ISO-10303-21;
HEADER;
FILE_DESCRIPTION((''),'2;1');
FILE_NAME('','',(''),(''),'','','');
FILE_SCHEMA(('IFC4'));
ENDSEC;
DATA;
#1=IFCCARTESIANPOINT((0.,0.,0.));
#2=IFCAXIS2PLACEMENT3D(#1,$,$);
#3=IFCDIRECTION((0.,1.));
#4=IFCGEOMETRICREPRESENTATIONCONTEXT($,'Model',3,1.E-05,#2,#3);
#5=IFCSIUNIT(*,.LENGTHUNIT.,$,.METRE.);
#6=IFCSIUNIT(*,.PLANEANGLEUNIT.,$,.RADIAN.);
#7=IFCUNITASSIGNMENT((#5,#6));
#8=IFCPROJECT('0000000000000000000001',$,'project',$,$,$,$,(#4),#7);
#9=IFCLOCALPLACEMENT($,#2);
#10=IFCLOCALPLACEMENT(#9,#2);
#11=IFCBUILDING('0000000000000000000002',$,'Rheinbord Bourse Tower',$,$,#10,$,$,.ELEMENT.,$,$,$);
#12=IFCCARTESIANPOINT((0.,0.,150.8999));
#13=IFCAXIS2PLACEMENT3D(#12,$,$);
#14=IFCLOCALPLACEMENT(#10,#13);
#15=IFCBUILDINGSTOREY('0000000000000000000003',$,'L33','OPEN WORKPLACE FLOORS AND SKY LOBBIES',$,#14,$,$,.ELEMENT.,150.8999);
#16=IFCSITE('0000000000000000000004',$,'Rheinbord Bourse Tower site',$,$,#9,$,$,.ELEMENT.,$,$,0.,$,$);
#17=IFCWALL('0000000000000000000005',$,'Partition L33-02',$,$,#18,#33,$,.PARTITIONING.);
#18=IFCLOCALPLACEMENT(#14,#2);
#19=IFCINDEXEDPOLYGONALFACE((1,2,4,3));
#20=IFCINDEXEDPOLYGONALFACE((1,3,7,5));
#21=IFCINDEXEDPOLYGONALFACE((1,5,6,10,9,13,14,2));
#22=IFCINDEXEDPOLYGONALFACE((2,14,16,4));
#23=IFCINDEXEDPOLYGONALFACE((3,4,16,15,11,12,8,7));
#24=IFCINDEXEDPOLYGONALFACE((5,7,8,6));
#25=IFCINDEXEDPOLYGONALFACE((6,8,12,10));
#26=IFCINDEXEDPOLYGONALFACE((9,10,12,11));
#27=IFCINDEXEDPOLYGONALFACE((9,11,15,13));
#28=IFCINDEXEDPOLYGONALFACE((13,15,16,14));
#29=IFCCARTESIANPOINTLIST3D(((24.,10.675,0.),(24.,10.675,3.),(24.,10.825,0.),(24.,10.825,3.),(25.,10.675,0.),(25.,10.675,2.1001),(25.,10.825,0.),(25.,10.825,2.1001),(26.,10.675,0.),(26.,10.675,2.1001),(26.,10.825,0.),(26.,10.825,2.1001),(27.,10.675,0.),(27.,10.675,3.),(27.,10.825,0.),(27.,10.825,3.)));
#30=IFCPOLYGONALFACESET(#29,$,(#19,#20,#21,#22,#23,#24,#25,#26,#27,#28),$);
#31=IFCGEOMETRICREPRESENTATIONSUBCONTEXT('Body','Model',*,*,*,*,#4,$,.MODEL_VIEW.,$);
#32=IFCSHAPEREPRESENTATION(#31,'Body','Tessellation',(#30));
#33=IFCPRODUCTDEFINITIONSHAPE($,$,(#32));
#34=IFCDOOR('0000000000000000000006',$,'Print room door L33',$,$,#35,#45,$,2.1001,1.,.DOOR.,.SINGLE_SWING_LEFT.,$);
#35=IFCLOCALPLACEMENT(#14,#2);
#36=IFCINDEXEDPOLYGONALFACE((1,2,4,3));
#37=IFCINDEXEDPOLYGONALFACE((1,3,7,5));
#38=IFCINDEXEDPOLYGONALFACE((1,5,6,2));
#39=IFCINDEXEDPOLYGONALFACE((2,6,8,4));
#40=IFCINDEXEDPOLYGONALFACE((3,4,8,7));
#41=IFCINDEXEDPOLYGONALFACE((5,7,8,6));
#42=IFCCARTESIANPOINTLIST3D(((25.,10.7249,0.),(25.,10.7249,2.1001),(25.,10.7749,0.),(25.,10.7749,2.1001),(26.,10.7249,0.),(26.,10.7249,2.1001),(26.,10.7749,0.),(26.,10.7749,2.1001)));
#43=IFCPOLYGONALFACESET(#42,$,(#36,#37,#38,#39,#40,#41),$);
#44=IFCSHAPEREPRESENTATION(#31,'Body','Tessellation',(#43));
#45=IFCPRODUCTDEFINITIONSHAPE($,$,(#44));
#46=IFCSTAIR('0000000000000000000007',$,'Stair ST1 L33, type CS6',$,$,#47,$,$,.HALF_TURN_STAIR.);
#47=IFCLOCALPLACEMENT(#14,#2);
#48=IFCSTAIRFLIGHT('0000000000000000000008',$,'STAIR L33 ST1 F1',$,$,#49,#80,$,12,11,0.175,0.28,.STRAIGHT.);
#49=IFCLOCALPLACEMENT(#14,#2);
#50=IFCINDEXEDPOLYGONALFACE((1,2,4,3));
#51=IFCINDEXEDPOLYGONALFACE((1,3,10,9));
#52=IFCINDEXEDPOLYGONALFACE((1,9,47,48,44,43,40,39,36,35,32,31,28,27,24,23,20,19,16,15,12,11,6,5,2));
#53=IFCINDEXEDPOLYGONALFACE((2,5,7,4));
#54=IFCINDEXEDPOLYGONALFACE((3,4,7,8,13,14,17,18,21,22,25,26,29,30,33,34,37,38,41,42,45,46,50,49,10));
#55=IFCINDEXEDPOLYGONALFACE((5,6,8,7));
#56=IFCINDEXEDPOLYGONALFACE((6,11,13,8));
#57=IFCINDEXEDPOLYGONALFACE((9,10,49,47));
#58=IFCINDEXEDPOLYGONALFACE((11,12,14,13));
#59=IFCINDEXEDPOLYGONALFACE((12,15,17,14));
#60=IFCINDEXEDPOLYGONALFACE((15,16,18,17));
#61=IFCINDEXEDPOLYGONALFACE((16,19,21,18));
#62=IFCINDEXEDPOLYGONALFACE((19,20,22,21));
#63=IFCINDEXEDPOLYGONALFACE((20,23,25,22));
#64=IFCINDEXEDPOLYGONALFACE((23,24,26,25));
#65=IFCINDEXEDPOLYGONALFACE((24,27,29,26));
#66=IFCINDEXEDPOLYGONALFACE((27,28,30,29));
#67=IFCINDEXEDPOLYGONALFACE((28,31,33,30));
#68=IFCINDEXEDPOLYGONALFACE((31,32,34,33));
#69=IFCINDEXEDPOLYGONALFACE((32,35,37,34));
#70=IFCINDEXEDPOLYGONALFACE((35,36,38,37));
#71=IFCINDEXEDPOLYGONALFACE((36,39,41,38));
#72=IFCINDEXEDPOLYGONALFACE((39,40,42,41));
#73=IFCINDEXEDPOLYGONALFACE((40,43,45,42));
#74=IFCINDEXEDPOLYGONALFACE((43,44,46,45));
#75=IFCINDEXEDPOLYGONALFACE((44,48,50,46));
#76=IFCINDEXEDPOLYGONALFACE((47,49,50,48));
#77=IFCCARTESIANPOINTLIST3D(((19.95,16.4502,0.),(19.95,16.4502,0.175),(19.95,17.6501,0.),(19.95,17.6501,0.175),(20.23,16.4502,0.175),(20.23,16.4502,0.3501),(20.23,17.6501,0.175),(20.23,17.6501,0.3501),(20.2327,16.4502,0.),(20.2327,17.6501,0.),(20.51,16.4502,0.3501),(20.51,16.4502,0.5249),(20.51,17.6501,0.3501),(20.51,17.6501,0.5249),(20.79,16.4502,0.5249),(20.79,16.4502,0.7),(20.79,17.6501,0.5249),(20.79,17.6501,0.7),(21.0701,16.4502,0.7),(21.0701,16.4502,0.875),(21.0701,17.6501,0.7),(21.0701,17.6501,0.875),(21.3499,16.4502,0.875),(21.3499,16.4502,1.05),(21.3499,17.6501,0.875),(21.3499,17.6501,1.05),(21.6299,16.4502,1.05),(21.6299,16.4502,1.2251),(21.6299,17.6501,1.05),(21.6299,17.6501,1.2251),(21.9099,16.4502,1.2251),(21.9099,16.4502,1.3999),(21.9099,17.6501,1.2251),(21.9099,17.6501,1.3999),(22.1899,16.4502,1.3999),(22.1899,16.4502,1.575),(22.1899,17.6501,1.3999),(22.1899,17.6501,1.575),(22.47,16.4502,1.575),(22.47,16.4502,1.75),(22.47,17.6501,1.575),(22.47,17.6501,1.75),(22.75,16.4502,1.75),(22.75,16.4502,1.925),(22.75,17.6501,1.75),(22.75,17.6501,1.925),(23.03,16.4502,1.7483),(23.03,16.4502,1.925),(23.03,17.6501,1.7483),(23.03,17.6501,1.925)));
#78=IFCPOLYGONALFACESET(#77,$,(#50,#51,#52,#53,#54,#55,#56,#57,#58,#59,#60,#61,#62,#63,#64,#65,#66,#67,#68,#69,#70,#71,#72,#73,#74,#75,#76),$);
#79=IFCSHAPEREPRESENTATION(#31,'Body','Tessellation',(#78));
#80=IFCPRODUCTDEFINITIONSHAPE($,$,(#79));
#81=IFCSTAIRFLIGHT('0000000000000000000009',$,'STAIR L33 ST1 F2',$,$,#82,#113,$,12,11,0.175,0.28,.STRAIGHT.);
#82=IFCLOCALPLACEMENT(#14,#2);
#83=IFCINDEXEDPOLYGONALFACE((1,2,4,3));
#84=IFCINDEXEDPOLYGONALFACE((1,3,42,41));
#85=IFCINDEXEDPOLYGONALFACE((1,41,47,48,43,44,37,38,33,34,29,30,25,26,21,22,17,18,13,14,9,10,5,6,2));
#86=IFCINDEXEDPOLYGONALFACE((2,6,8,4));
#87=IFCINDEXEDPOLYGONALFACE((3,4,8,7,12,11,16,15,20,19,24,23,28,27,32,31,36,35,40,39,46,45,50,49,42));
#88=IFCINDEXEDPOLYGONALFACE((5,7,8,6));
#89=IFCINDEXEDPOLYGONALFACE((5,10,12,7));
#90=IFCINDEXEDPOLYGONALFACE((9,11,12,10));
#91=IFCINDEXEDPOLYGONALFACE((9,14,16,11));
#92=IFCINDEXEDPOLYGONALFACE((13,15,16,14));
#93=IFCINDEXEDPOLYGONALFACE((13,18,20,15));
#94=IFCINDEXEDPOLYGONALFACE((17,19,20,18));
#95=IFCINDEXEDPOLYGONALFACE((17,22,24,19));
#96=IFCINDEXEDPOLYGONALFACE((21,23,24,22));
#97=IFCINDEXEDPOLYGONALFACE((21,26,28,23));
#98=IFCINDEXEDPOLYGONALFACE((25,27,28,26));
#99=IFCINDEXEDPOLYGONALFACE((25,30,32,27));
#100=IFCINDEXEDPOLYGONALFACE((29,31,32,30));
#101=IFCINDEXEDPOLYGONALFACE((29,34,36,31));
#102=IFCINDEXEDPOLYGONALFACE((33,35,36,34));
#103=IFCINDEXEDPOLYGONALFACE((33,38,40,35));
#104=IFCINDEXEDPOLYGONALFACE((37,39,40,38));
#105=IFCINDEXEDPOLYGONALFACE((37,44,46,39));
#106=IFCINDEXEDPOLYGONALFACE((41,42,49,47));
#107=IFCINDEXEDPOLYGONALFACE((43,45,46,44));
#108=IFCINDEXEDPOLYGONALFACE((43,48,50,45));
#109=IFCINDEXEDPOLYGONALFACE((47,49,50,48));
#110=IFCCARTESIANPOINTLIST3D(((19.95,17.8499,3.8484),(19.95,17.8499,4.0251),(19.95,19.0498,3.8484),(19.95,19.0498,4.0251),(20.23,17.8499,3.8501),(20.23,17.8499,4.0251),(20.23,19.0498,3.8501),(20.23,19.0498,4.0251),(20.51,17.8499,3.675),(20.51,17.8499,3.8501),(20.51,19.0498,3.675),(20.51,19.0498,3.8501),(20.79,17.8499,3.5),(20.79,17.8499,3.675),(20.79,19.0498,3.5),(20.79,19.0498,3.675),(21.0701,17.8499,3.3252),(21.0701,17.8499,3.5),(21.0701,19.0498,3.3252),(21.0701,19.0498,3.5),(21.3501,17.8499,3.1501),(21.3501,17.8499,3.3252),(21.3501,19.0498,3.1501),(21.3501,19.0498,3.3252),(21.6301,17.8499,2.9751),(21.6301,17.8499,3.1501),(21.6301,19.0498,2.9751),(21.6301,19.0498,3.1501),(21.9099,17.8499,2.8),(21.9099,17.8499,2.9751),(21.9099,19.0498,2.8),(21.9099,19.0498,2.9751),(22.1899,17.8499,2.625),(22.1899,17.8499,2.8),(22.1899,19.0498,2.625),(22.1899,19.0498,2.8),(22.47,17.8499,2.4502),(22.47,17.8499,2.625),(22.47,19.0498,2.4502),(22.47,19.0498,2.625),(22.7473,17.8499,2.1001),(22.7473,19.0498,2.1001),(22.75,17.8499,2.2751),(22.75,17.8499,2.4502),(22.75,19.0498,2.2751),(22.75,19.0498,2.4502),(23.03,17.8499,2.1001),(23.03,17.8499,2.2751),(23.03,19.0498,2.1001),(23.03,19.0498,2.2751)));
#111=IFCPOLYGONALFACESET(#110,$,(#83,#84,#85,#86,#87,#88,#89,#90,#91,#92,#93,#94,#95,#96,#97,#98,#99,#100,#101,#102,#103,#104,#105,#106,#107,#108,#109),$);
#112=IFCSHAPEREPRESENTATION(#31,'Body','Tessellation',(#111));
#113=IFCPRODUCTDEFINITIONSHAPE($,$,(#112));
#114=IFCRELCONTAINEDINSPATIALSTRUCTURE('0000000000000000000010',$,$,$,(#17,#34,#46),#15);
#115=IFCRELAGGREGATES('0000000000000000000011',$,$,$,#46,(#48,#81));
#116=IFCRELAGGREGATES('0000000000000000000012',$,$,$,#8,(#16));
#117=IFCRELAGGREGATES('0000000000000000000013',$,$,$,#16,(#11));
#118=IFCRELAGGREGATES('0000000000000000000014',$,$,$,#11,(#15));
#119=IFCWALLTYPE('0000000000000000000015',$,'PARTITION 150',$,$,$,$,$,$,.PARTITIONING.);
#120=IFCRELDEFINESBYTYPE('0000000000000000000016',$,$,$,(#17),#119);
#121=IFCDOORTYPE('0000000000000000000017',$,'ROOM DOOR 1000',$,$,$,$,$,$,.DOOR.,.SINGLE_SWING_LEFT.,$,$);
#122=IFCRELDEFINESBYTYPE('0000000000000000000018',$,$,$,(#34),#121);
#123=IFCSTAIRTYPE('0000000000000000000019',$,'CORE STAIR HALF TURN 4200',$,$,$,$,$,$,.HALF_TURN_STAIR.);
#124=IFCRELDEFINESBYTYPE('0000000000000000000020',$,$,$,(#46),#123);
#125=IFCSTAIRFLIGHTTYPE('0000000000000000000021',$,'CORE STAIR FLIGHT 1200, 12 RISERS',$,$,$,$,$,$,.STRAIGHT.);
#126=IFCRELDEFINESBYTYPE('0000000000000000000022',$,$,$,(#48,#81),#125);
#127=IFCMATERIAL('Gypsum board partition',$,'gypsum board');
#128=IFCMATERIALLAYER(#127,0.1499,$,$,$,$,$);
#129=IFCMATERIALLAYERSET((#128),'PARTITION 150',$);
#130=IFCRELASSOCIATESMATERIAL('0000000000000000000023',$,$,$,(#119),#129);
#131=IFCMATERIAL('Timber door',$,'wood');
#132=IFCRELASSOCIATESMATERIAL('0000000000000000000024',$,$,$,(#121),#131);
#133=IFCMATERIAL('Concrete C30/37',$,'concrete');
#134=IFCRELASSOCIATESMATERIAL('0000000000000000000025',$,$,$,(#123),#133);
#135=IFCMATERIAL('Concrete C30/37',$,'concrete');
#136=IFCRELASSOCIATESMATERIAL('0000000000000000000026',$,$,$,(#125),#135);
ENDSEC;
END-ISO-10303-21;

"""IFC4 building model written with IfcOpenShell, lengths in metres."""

from ifc_helpers import new_model, si_unit, direction, frame, frame_2d, origin, place, context, subcontext, project, spatial, polyline, rectangle, outline, extrude, material, layer, layer_set, type_object, element, fill, aggregate, save


model = new_model("IFC4")

# Units and contexts
model_context = context("Model", 3, precision=1e-05, world=origin(), true_north=direction((0.0, 1.0)))
body_context = subcontext(model_context, "Body", "Model", "MODEL_VIEW")
ifc_project = project(units=[si_unit("LENGTHUNIT", "METRE"), si_unit("PLANEANGLEUNIT", "RADIAN")], contexts=[model_context])

# Site, building, storey
site_placement = place(None, origin())
site = spatial("IfcSite", under=ifc_project, at=site_placement, Name="Rheinbord Bourse Tower site", CompositionType="ELEMENT", RefElevation=0.0)
building_placement = place(site_placement, origin())
building = spatial("IfcBuilding", under=site, at=building_placement, Name="Rheinbord Bourse Tower", CompositionType="ELEMENT")
storey_placement = place(building_placement, frame((0.0, 0.0, 150.8999)))
storey = spatial("IfcBuildingStorey", under=building, at=storey_placement, Name="L33", Description="OPEN WORKPLACE FLOORS AND SKY LOBBIES", CompositionType="ELEMENT", Elevation=150.8999)

# Wall, opening, door
ifc_material_1 = material(Name="Gypsum board partition", Category="gypsum board")
ifc_layer_1 = layer(ifc_material_1, 0.1499)
ifc_layer_set_1 = layer_set([ifc_layer_1], Name="PARTITION 150")
wall_type_1 = type_object("IfcWallType", Name="PARTITION 150", PredefinedType="PARTITIONING", material=ifc_layer_set_1)
wall_1_placement = place(storey_placement, frame((24.0, 10.75, 0.0), z_axis=(0.0, 0.0, 1.0), x_axis=(1.0, 0.0, 0.0)))
wall_1 = element("IfcWall", 1, at=wall_1_placement, inside=storey, type_object=wall_type_1, Name="Partition L33-02", PredefinedType="PARTITIONING", context=body_context, shape_type="SweptSolid", body=[
    extrude(rectangle(XDim=3.0, YDim=0.1499, at=frame_2d((1.5, 0.0))), origin(), (0.0, 0.0, 1.0), 3.0),
])
opening_1_placement = place(wall_1_placement, frame((1.0, 0.0, 0.0)))
opening_1 = element("IfcOpeningElement", 2, at=opening_1_placement, cuts=wall_1, PredefinedType="OPENING", context=body_context, shape_type="SweptSolid", body=[
    extrude(rectangle(XDim=1.0, YDim=2.1001, at=frame_2d((0.5, 1.05))), frame((0.0, 0.085, 0.0), z_axis=(0.0, -1.0, 0.0), x_axis=(1.0, 0.0, 0.0)), (0.0, 0.0, 1.0), 0.1699),
])
ifc_material_2 = material(Name="Timber door", Category="wood")
door_type_1 = type_object("IfcDoorType", Name="ROOM DOOR 1000", OperationType="SINGLE_SWING_LEFT", PredefinedType="DOOR", material=ifc_material_2)
door_1_placement = place(opening_1_placement, origin())
door_1 = element("IfcDoor", 3, at=door_1_placement, inside=storey, type_object=door_type_1, Name="Print room door L33", OperationType="SINGLE_SWING_LEFT", OverallHeight=2.1001, OverallWidth=1.0, PredefinedType="DOOR", context=body_context, shape_type="SweptSolid", body=[
    extrude(rectangle(XDim=1.0, YDim=2.1001, at=frame_2d((0.5, 1.05))), frame((0.0, 0.0249, 0.0), z_axis=(0.0, -1.0, 0.0), x_axis=(1.0, 0.0, 0.0)), (0.0, 0.0, 1.0), 0.05),
])
fill(opening_1, door_1)

# Stair, stair flights
ifc_material_3 = material(Name="Concrete C30/37", Category="concrete")
stair_type = type_object("IfcStairType", Name="CORE STAIR HALF TURN 4200", PredefinedType="HALF_TURN_STAIR", material=ifc_material_3)
stair_placement = place(storey_placement, origin())
stair = element("IfcStair", 4, at=stair_placement, inside=storey, type_object=stair_type, Name="Stair ST1 L33, type CS6", PredefinedType="HALF_TURN_STAIR")
ifc_material_4 = material(Name="Concrete C30/37", Category="concrete")
stair_flight_type = type_object("IfcStairFlightType", Name="CORE STAIR FLIGHT 1200, 12 RISERS", PredefinedType="STRAIGHT", material=ifc_material_4)
stair_flight_1_placement = place(storey_placement, frame((19.95, 17.05, 0.0), z_axis=(0.0, 0.0, 1.0), x_axis=(1.0, 0.0, 0.0)))
stair_flight_1 = element("IfcStairFlight", 5, at=stair_flight_1_placement, type_object=stair_flight_type, Name="STAIR L33 ST1 F1", NumberOfRisers=12, NumberOfTreads=11, PredefinedType="STRAIGHT", RiserHeight=0.175, TreadLength=0.28, context=body_context, shape_type="SweptSolid", body=[
    extrude(outline(polyline([(0.0, 0.0), (0.0, 0.175), (0.28, 0.175), (0.28, 0.3501), (0.5601, 0.3501), (0.5601, 0.5249), (0.8401, 0.5249), (0.8401, 0.7), (1.1201, 0.7), (1.1201, 0.875), (1.3999, 0.875), (1.3999, 1.05), (1.6799, 1.05), (1.6799, 1.2251), (1.96, 1.2251), (1.96, 1.3999), (2.24, 1.3999), (2.24, 1.575), (2.52, 1.575), (2.52, 1.75), (2.8, 1.75), (2.8, 1.925), (3.0801, 1.925), (3.0801, 2.1001), (3.0801, 1.7483), (0.2827, 0.0), (0.0, 0.0)])), frame((0.0, 0.6001, 0.0), z_axis=(0.0, -1.0, 0.0), x_axis=(1.0, 0.0, 0.0)), (0.0, 0.0, 1.0), 1.2),
])
stair_flight_2_placement = place(storey_placement, frame((23.03, 18.45, 2.1001), z_axis=(0.0, 0.0, 1.0), x_axis=(-1.0, 0.0, 0.0)))
stair_flight_2 = element("IfcStairFlight", 6, at=stair_flight_2_placement, type_object=stair_flight_type, Name="STAIR L33 ST1 F2", NumberOfRisers=12, NumberOfTreads=11, PredefinedType="STRAIGHT", RiserHeight=0.175, TreadLength=0.28, context=body_context, shape_type="SweptSolid", body=[
    extrude(outline(polyline([(0.0, 0.0), (0.0, 0.175), (0.28, 0.175), (0.28, 0.3501), (0.5601, 0.3501), (0.5601, 0.5249), (0.8401, 0.5249), (0.8401, 0.7), (1.1201, 0.7), (1.1201, 0.875), (1.3999, 0.875), (1.3999, 1.05), (1.6799, 1.05), (1.6799, 1.2251), (1.96, 1.2251), (1.96, 1.3999), (2.24, 1.3999), (2.24, 1.575), (2.52, 1.575), (2.52, 1.75), (2.8, 1.75), (2.8, 1.925), (3.0801, 1.925), (3.0801, 2.1001), (3.0801, 1.7483), (0.2827, 0.0), (0.0, 0.0)])), frame((0.0, 0.6001, 0.0), z_axis=(0.0, -1.0, 0.0), x_axis=(1.0, 0.0, 0.0)), (0.0, 0.0, 1.0), 1.2),
])
aggregate(stair, [stair_flight_1, stair_flight_2])

save(model, "model.ifc")
